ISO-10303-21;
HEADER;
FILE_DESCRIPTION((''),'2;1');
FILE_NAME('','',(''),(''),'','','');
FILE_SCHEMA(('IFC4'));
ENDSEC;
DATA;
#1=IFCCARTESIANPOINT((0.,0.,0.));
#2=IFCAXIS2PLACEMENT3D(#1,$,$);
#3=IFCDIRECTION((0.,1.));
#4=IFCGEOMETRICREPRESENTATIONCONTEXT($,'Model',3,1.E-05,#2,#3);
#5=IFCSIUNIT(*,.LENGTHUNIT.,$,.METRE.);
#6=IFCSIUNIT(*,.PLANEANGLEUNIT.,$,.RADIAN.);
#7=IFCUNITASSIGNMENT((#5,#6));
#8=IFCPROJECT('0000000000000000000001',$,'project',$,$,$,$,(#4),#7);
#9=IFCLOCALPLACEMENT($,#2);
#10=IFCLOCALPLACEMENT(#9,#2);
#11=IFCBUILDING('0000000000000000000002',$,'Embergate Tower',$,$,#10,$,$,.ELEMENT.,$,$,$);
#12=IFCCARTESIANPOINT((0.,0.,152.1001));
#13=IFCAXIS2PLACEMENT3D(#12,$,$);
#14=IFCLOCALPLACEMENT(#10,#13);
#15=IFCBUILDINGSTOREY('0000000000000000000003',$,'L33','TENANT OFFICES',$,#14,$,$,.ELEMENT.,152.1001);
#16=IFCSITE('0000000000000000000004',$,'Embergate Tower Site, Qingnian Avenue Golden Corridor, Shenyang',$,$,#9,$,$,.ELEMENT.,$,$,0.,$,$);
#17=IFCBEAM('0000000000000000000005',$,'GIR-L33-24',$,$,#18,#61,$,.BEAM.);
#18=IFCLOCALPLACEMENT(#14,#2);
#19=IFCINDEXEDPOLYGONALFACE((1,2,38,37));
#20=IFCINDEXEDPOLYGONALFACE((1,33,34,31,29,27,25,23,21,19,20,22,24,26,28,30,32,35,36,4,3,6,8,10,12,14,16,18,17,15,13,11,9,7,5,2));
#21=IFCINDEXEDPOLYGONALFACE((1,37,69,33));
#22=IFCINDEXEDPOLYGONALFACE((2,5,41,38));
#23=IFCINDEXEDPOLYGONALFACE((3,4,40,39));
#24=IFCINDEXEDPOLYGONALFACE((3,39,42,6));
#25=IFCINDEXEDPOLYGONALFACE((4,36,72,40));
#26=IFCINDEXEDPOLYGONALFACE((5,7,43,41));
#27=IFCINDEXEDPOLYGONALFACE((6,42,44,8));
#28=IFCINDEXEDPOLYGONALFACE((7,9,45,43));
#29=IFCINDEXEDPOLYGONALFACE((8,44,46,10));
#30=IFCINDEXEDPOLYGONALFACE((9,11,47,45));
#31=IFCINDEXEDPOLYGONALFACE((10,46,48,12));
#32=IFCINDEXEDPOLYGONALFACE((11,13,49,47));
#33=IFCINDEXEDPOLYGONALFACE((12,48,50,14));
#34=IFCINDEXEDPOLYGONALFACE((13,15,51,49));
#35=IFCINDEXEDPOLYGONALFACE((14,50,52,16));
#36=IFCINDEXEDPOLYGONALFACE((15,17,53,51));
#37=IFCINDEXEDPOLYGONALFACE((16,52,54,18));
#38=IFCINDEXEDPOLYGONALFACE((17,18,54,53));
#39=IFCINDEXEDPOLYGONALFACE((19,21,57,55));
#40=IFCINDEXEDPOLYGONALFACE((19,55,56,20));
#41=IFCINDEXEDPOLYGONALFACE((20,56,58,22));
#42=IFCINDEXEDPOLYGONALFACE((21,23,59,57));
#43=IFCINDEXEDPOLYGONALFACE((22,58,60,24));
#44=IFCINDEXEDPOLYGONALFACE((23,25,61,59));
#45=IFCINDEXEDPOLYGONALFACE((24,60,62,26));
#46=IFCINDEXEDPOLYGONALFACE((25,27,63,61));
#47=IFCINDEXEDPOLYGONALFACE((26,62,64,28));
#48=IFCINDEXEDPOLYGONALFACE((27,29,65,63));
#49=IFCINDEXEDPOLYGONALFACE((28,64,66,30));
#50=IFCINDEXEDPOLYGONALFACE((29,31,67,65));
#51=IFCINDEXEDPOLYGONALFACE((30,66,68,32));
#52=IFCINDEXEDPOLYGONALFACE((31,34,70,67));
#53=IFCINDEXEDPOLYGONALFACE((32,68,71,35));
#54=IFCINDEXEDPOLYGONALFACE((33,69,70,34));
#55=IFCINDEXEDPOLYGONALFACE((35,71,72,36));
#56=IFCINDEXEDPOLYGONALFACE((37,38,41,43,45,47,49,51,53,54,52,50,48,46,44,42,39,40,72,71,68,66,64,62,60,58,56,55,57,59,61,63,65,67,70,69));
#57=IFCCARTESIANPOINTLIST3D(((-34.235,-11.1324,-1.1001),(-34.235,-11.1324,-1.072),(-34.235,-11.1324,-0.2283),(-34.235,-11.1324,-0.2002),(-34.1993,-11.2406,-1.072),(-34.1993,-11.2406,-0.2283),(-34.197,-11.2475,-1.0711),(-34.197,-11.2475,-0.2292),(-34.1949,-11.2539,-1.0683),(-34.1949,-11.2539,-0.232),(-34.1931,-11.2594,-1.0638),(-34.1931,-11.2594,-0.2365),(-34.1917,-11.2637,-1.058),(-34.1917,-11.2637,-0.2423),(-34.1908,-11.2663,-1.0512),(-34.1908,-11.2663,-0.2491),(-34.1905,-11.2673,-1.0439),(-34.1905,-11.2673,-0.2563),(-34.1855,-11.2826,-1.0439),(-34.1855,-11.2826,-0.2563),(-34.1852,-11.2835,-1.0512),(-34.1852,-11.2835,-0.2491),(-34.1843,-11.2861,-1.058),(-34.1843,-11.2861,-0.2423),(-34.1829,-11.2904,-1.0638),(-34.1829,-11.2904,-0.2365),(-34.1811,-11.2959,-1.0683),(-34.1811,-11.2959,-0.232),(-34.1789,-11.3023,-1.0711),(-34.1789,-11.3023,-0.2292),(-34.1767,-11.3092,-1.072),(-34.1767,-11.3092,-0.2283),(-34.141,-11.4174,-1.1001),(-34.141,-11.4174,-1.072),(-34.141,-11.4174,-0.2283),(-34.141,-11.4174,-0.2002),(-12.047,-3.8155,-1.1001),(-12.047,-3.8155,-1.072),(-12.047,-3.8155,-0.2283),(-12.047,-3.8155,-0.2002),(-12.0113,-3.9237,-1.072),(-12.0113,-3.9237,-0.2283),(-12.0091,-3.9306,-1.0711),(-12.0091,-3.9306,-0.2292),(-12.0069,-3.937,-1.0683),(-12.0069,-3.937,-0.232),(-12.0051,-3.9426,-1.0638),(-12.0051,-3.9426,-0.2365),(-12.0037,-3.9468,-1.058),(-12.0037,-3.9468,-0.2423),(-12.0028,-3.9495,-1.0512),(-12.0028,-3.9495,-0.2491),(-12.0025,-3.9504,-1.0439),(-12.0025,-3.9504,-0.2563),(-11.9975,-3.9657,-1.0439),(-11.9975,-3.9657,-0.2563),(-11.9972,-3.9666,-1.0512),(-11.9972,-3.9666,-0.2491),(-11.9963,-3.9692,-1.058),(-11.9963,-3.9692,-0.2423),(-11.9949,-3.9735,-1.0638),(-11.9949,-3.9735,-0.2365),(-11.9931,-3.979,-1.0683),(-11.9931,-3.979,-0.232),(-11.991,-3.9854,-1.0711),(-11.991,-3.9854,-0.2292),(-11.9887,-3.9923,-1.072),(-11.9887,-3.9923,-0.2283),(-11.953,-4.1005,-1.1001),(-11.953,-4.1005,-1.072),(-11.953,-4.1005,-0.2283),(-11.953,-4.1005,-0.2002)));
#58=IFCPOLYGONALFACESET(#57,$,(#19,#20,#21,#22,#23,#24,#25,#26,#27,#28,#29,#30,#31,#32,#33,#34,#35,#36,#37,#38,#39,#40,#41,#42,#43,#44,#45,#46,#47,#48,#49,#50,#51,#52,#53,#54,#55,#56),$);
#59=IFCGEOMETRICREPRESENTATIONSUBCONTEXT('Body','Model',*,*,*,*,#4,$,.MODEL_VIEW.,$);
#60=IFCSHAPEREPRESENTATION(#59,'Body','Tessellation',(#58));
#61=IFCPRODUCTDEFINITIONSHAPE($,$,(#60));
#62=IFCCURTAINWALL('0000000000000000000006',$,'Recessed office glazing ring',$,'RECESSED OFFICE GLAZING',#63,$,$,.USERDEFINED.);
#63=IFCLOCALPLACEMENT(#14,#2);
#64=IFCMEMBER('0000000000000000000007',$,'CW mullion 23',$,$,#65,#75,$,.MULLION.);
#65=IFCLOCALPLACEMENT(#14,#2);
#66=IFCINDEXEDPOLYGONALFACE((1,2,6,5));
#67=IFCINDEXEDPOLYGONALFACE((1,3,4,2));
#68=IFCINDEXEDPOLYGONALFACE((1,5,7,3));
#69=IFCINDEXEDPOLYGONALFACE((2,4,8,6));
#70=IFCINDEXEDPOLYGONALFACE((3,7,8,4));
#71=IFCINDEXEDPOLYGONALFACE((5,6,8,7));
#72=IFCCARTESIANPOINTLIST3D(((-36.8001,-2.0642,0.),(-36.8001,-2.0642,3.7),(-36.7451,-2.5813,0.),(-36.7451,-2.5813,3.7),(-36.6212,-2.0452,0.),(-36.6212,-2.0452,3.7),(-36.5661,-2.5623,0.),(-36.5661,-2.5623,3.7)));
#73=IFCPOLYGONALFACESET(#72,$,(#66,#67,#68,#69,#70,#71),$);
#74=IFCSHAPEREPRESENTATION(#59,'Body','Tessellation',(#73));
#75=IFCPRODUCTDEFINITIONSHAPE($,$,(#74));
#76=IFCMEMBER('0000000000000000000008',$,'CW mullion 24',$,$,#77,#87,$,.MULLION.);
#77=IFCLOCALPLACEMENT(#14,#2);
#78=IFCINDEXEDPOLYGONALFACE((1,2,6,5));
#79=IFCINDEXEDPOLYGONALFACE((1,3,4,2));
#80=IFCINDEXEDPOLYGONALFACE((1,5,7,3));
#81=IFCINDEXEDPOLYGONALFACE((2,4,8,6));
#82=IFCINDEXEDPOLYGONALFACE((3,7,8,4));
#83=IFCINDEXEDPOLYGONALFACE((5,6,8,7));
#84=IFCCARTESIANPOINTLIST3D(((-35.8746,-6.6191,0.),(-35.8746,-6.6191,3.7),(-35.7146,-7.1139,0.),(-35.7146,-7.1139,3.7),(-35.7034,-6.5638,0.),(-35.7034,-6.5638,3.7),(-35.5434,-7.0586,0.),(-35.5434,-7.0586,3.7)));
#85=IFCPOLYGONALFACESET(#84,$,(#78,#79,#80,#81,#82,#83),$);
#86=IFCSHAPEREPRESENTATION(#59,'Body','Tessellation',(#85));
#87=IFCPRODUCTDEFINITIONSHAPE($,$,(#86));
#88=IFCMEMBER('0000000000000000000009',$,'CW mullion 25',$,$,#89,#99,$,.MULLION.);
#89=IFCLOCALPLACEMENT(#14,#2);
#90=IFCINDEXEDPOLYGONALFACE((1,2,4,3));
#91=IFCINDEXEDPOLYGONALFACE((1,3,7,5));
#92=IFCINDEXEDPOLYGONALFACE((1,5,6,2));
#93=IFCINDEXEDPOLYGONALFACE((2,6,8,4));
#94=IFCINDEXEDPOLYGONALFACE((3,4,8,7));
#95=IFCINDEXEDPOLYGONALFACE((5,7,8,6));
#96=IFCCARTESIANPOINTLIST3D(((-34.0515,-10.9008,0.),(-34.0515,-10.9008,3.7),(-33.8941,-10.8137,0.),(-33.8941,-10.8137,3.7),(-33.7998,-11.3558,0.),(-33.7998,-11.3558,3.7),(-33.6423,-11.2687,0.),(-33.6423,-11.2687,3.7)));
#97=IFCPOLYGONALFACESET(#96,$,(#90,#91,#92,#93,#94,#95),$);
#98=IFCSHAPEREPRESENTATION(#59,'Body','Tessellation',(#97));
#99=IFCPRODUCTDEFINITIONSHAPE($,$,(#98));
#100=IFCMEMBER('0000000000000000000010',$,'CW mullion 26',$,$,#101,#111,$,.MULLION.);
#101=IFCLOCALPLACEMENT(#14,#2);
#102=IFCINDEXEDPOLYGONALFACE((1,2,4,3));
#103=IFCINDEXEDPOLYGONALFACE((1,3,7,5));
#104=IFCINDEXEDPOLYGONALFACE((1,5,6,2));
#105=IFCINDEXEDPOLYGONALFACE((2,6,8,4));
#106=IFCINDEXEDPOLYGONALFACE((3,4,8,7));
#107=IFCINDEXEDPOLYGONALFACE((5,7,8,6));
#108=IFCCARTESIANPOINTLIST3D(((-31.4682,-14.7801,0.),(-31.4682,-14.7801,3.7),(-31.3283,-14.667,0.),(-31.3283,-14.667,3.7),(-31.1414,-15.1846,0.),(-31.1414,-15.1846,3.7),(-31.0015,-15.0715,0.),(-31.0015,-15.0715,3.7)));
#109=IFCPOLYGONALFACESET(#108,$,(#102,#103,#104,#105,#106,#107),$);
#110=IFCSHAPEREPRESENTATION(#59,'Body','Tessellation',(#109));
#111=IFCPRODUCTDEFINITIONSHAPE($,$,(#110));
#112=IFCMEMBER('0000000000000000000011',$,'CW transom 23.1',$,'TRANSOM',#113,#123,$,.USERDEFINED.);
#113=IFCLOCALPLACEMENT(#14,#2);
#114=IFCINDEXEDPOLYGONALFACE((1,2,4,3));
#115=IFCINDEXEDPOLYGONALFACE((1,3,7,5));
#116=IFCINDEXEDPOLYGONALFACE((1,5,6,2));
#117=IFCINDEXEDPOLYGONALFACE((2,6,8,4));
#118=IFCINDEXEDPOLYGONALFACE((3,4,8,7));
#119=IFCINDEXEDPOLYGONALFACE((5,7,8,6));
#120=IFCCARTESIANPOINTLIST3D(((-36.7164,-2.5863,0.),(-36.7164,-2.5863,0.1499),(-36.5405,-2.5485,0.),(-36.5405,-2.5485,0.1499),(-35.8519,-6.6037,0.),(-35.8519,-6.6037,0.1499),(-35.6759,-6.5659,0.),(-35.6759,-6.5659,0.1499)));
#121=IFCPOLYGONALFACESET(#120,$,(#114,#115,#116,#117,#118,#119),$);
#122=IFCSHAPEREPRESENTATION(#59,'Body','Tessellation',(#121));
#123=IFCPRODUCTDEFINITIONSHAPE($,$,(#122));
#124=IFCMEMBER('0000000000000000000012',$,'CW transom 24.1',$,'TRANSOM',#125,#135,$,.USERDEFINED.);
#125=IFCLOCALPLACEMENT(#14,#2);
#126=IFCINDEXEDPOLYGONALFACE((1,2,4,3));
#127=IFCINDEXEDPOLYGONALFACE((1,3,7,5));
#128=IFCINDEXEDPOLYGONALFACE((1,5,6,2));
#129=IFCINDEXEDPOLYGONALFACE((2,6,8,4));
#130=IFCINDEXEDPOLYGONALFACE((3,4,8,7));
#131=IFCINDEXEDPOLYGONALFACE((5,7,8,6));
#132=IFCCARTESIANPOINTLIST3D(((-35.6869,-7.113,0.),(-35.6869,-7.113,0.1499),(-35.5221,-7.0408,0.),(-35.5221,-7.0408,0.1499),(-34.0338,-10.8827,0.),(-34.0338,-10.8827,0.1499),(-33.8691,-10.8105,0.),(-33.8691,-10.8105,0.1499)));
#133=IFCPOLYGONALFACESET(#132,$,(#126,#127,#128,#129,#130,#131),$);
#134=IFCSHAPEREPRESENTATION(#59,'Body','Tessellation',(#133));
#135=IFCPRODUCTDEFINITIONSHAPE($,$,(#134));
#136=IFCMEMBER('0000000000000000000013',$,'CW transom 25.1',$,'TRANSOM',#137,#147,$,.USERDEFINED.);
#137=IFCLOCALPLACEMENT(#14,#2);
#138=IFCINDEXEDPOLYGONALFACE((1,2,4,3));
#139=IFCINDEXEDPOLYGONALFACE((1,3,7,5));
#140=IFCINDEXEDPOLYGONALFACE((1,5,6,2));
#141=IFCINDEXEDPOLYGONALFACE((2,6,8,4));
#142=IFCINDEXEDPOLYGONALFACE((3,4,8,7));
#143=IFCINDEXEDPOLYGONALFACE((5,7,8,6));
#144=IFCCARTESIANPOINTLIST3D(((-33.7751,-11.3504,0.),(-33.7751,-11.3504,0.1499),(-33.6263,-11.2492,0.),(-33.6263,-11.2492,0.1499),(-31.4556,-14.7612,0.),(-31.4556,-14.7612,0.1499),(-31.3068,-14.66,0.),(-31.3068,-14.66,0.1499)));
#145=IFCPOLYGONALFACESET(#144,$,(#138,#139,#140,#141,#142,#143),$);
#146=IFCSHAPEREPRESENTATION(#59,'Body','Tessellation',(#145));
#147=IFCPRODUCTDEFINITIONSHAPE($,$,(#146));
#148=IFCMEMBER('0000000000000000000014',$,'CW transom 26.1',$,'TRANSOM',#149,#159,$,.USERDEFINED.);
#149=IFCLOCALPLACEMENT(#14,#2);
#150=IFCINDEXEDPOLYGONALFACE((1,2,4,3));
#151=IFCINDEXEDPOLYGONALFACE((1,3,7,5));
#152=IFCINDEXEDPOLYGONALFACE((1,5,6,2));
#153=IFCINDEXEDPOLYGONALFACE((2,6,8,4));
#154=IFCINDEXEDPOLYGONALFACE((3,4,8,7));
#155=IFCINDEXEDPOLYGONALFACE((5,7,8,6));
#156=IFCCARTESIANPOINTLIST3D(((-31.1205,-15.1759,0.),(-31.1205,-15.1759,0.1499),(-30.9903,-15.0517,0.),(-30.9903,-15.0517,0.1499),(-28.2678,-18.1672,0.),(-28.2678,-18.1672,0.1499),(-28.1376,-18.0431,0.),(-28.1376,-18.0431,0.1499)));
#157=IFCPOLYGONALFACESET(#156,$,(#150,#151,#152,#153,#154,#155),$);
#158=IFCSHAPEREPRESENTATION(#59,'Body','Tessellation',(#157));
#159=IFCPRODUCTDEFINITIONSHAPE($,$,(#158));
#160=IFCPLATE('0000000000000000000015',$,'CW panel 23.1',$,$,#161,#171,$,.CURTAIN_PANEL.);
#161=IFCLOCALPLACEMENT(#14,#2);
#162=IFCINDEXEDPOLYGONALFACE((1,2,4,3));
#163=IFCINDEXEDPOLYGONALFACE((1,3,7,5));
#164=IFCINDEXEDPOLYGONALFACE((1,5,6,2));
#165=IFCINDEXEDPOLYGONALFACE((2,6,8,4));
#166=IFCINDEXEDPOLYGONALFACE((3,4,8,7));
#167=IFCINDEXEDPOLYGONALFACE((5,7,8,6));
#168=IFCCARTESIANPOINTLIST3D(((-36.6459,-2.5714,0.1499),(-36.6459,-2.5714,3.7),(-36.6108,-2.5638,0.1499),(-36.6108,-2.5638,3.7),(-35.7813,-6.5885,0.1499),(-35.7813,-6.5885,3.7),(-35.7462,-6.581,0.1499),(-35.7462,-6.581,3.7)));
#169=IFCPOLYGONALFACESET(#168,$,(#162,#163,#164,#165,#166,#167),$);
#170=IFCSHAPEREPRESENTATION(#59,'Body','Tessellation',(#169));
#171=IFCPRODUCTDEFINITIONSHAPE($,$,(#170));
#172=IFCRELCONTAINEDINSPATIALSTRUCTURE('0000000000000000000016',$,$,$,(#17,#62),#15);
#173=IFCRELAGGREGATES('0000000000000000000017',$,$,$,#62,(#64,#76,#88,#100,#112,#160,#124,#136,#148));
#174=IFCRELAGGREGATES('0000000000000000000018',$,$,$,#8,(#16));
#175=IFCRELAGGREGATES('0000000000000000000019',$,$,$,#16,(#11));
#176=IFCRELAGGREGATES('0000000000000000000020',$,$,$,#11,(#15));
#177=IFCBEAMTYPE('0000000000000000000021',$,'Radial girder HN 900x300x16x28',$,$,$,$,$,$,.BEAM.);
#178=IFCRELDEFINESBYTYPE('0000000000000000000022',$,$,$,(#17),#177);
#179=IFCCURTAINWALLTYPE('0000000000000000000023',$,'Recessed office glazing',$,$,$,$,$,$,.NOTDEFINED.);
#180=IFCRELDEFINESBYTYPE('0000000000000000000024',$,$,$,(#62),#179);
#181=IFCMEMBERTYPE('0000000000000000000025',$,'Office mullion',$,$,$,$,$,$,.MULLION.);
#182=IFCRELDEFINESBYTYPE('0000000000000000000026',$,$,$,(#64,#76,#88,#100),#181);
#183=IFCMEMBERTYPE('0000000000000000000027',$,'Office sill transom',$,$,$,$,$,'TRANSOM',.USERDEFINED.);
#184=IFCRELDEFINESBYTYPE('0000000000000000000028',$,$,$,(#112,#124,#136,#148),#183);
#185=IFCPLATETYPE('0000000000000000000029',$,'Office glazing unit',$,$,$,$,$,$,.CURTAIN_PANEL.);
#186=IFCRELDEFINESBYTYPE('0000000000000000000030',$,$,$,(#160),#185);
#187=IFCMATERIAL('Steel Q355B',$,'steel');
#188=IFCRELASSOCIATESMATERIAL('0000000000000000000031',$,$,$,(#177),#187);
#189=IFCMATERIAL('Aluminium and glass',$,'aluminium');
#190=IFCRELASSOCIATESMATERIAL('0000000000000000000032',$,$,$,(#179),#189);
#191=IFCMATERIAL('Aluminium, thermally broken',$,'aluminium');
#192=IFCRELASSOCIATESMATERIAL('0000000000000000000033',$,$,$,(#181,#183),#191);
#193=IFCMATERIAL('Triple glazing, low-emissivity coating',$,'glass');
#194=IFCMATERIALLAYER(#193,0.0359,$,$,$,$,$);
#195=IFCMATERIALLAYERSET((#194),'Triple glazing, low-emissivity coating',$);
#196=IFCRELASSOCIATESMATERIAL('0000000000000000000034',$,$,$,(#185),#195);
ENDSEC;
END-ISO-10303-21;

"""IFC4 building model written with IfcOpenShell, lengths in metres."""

from ifc_helpers import new_model, si_unit, direction, frame, origin, origin_2d, place, context, subcontext, project, spatial, rectangle, i_section, extrude, source, transform, mapped, material, layer, layer_set, material_profile, profile_set, type_object, element, aggregate, save


model = new_model("IFC4")

# Units and contexts
model_context = context("Model", 3, precision=1e-05, world=origin(), true_north=direction((0.0, 1.0)))
body_context = subcontext(model_context, "Body", "Model", "MODEL_VIEW")
ifc_project = project(units=[si_unit("LENGTHUNIT", "METRE"), si_unit("PLANEANGLEUNIT", "RADIAN")], contexts=[model_context])

# Site, building, storey
site_placement = place(None, origin())
site = spatial("IfcSite", under=ifc_project, at=site_placement, Name="Embergate Tower Site, Qingnian Avenue Golden Corridor, Shenyang", CompositionType="ELEMENT", RefElevation=0.0)
building_placement = place(site_placement, origin())
building = spatial("IfcBuilding", under=site, at=building_placement, Name="Embergate Tower", CompositionType="ELEMENT")
storey_placement = place(building_placement, frame((0.0, 0.0, 152.1001)))
storey = spatial("IfcBuildingStorey", under=building, at=storey_placement, Name="L33", Description="TENANT OFFICES", CompositionType="ELEMENT", Elevation=152.1001)

# Beam
ifc_material_1 = material(Name="Steel Q355B", Category="steel")
ifc_material_profile_1 = material_profile(ifc_material_1, i_section(OverallWidth=0.3, OverallDepth=0.8999, WebThickness=0.0161, FlangeThickness=0.0281, FilletRadius=0.0281, at=origin_2d()), Name="HN 900x300x16x28")
ifc_profile_set_1 = profile_set([ifc_material_profile_1], Name="Steel Q355 grade B")
beam_type_1 = type_object("IfcBeamType", Name="Radial girder HN 900x300x16x28", PredefinedType="BEAM", material=ifc_profile_set_1)
shared_shape_1 = source(origin(), body_context, "Body", "SweptSolid", [
    extrude(i_section(OverallWidth=0.3, OverallDepth=0.8999, WebThickness=0.0161, FlangeThickness=0.0281, FilletRadius=0.0281, at=origin_2d()), origin(), (0.0, 0.0, 1.0), 23.3633),
])
beam_1_placement = place(storey_placement, frame((-34.188, -11.2749, -0.6501), z_axis=(0.949694, 0.313179, 0.0), x_axis=(-0.313179, 0.949694, 0.0)))
element("IfcBeam", 1, at=beam_1_placement, inside=storey, type_object=beam_type_1, Name="GIR-L33-24", PredefinedType="BEAM", context=body_context, shape_type="MappedRepresentation", body=[
    mapped(shared_shape_1, transform((0.0, 0.0, 0.0))),
])

# Curtain wall, members, plate
ifc_material_2 = material(Name="Aluminium and glass", Category="aluminium")
curtain_wall_type = type_object("IfcCurtainWallType", Name="Recessed office glazing", PredefinedType="NOTDEFINED", material=ifc_material_2)
curtain_wall_placement = place(storey_placement, origin())
curtain_wall = element("IfcCurtainWall", 2, at=curtain_wall_placement, inside=storey, type_object=curtain_wall_type, Name="Recessed office glazing ring", ObjectType="RECESSED OFFICE GLAZING", PredefinedType="USERDEFINED")
ifc_material_3 = material(Name="Aluminium, thermally broken", Category="aluminium")
ifc_material_profile_2 = material_profile(ifc_material_3, rectangle(XDim=0.1799, YDim=0.52, at=origin_2d()), Name="AL 520x180")
ifc_profile_set_2 = profile_set([ifc_material_profile_2], Name="Aluminium, thermally broken")
member_type_1 = type_object("IfcMemberType", Name="Office mullion", PredefinedType="MULLION", material=ifc_profile_set_2)
shared_shape_2 = source(origin(), body_context, "Body", "SweptSolid", [
    extrude(rectangle(XDim=0.1799, YDim=0.52, at=origin_2d()), origin(), (0.0, 0.0, 1.0), 3.7),
])
member_1_placement = place(storey_placement, frame((-36.6831, -2.3132, 0.0), z_axis=(0.0, 0.0, 1.0), x_axis=(0.994385, 0.105823, 0.0)))
member_1 = element("IfcMember", 3, at=member_1_placement, type_object=member_type_1, Name="CW mullion 23", PredefinedType="MULLION", context=body_context, shape_type="MappedRepresentation", body=[
    mapped(shared_shape_2, transform((0.0, 0.0, 0.0))),
])
member_2_placement = place(storey_placement, frame((-35.709, -6.8389, 0.0), z_axis=(0.0, 0.0, 1.0), x_axis=(0.951498, 0.307654, 0.0)))
member_2 = element("IfcMember", 4, at=member_2_placement, type_object=member_type_1, Name="CW mullion 24", PredefinedType="MULLION", context=body_context, shape_type="MappedRepresentation", body=[
    mapped(shared_shape_2, transform((0.0, 0.0, 0.0))),
])
member_3_placement = place(storey_placement, frame((-33.8469, -11.0847, 0.0), z_axis=(0.0, 0.0, 1.0), x_axis=(0.875002, 0.484119, 0.0)))
member_3 = element("IfcMember", 5, at=member_3_placement, type_object=member_type_1, Name="CW mullion 25", PredefinedType="MULLION", context=body_context, shape_type="MappedRepresentation", body=[
    mapped(shared_shape_2, transform((0.0, 0.0, 0.0))),
])
member_4_placement = place(storey_placement, frame((-31.2349, -14.9258, 0.0), z_axis=(0.0, 0.0, 1.0), x_axis=(0.777873, 0.628422, 0.0)))
member_4 = element("IfcMember", 6, at=member_4_placement, type_object=member_type_1, Name="CW mullion 26", PredefinedType="MULLION", context=body_context, shape_type="MappedRepresentation", body=[
    mapped(shared_shape_2, transform((0.0, 0.0, 0.0))),
])
ifc_material_profile_3 = material_profile(ifc_material_3, rectangle(XDim=0.1799, YDim=0.1499, at=origin_2d()), Name="AL 150x180")
ifc_profile_set_3 = profile_set([ifc_material_profile_3], Name="Aluminium, thermally broken")
member_type_2 = type_object("IfcMemberType", Name="Office sill transom", ElementType="TRANSOM", PredefinedType="USERDEFINED", material=ifc_profile_set_3)
shared_shape_3 = source(origin(), body_context, "Body", "SweptSolid", [
    extrude(rectangle(XDim=0.1799, YDim=0.1499, at=origin_2d()), origin(), (0.0, 0.0, 1.0), 4.1094),
])
member_5_placement = place(storey_placement, frame((-36.6284, -2.5674, 0.075), z_axis=(0.210377, -0.97762, 0.0), x_axis=(0.97762, 0.210377, 0.0)))
member_5 = element("IfcMember", 7, at=member_5_placement, type_object=member_type_2, Name="CW transom 23.1", ObjectType="TRANSOM", PredefinedType="USERDEFINED", context=body_context, shape_type="MappedRepresentation", body=[
    mapped(shared_shape_3, transform((0.0, 0.0, 0.0))),
])
shared_shape_4 = source(origin(), body_context, "Body", "SweptSolid", [
    extrude(rectangle(XDim=0.1799, YDim=0.1499, at=origin_2d()), origin(), (0.0, 0.0, 1.0), 4.1162),
])
member_6_placement = place(storey_placement, frame((-35.6045, -7.0769, 0.075), z_axis=(0.401593, -0.915818, 0.0), x_axis=(0.915818, 0.401593, 0.0)))
member_6 = element("IfcMember", 8, at=member_6_placement, type_object=member_type_2, Name="CW transom 24.1", ObjectType="TRANSOM", PredefinedType="USERDEFINED", context=body_context, shape_type="MappedRepresentation", body=[
    mapped(shared_shape_4, transform((0.0, 0.0, 0.0))),
])
shared_shape_5 = source(origin(), body_context, "Body", "SweptSolid", [
    extrude(rectangle(XDim=0.1799, YDim=0.1499, at=origin_2d()), origin(), (0.0, 0.0, 1.0), 4.1248),
])
member_7_placement = place(storey_placement, frame((-33.7007, -11.2998, 0.075), z_axis=(0.562339, -0.826907, 0.0), x_axis=(0.826907, 0.562339, 0.0)))
member_7 = element("IfcMember", 9, at=member_7_placement, type_object=member_type_2, Name="CW transom 25.1", ObjectType="TRANSOM", PredefinedType="USERDEFINED", context=body_context, shape_type="MappedRepresentation", body=[
    mapped(shared_shape_5, transform((0.0, 0.0, 0.0))),
])
shared_shape_6 = source(origin(), body_context, "Body", "SweptSolid", [
    extrude(rectangle(XDim=0.1799, YDim=0.1499, at=origin_2d()), origin(), (0.0, 0.0, 1.0), 4.1335),
])
member_8_placement = place(storey_placement, frame((-31.0554, -15.1138, 0.075), z_axis=(0.690134, -0.723681, 0.0), x_axis=(0.723681, 0.690134, 0.0)))
member_8 = element("IfcMember", 10, at=member_8_placement, type_object=member_type_2, Name="CW transom 26.1", ObjectType="TRANSOM", PredefinedType="USERDEFINED", context=body_context, shape_type="MappedRepresentation", body=[
    mapped(shared_shape_6, transform((0.0, 0.0, 0.0))),
])
ifc_material_4 = material(Name="Triple glazing, low-emissivity coating", Category="glass")
ifc_layer_1 = layer(ifc_material_4, 0.0359)
ifc_layer_set_1 = layer_set([ifc_layer_1], Name="Triple glazing, low-emissivity coating")
plate_type = type_object("IfcPlateType", Name="Office glazing unit", PredefinedType="CURTAIN_PANEL", material=ifc_layer_set_1)
shared_shape_7 = source(origin(), body_context, "Body", "SweptSolid", [
    extrude(rectangle(XDim=4.1091, YDim=0.0359, at=origin_2d()), origin(), (0.0, 0.0, 1.0), 3.55),
])
plate_1_placement = place(storey_placement, frame((-36.196, -4.5762, 0.1499), z_axis=(0.0, 0.0, 1.0), x_axis=(0.210398, -0.977616, 0.0)))
plate_1 = element("IfcPlate", 11, at=plate_1_placement, type_object=plate_type, Name="CW panel 23.1", PredefinedType="CURTAIN_PANEL", context=body_context, shape_type="MappedRepresentation", body=[
    mapped(shared_shape_7, transform((0.0, 0.0, 0.0))),
])
aggregate(curtain_wall, [member_1, member_2, member_3, member_4, member_5, plate_1, member_6, member_7, member_8])

save(model, "model.ifc")
